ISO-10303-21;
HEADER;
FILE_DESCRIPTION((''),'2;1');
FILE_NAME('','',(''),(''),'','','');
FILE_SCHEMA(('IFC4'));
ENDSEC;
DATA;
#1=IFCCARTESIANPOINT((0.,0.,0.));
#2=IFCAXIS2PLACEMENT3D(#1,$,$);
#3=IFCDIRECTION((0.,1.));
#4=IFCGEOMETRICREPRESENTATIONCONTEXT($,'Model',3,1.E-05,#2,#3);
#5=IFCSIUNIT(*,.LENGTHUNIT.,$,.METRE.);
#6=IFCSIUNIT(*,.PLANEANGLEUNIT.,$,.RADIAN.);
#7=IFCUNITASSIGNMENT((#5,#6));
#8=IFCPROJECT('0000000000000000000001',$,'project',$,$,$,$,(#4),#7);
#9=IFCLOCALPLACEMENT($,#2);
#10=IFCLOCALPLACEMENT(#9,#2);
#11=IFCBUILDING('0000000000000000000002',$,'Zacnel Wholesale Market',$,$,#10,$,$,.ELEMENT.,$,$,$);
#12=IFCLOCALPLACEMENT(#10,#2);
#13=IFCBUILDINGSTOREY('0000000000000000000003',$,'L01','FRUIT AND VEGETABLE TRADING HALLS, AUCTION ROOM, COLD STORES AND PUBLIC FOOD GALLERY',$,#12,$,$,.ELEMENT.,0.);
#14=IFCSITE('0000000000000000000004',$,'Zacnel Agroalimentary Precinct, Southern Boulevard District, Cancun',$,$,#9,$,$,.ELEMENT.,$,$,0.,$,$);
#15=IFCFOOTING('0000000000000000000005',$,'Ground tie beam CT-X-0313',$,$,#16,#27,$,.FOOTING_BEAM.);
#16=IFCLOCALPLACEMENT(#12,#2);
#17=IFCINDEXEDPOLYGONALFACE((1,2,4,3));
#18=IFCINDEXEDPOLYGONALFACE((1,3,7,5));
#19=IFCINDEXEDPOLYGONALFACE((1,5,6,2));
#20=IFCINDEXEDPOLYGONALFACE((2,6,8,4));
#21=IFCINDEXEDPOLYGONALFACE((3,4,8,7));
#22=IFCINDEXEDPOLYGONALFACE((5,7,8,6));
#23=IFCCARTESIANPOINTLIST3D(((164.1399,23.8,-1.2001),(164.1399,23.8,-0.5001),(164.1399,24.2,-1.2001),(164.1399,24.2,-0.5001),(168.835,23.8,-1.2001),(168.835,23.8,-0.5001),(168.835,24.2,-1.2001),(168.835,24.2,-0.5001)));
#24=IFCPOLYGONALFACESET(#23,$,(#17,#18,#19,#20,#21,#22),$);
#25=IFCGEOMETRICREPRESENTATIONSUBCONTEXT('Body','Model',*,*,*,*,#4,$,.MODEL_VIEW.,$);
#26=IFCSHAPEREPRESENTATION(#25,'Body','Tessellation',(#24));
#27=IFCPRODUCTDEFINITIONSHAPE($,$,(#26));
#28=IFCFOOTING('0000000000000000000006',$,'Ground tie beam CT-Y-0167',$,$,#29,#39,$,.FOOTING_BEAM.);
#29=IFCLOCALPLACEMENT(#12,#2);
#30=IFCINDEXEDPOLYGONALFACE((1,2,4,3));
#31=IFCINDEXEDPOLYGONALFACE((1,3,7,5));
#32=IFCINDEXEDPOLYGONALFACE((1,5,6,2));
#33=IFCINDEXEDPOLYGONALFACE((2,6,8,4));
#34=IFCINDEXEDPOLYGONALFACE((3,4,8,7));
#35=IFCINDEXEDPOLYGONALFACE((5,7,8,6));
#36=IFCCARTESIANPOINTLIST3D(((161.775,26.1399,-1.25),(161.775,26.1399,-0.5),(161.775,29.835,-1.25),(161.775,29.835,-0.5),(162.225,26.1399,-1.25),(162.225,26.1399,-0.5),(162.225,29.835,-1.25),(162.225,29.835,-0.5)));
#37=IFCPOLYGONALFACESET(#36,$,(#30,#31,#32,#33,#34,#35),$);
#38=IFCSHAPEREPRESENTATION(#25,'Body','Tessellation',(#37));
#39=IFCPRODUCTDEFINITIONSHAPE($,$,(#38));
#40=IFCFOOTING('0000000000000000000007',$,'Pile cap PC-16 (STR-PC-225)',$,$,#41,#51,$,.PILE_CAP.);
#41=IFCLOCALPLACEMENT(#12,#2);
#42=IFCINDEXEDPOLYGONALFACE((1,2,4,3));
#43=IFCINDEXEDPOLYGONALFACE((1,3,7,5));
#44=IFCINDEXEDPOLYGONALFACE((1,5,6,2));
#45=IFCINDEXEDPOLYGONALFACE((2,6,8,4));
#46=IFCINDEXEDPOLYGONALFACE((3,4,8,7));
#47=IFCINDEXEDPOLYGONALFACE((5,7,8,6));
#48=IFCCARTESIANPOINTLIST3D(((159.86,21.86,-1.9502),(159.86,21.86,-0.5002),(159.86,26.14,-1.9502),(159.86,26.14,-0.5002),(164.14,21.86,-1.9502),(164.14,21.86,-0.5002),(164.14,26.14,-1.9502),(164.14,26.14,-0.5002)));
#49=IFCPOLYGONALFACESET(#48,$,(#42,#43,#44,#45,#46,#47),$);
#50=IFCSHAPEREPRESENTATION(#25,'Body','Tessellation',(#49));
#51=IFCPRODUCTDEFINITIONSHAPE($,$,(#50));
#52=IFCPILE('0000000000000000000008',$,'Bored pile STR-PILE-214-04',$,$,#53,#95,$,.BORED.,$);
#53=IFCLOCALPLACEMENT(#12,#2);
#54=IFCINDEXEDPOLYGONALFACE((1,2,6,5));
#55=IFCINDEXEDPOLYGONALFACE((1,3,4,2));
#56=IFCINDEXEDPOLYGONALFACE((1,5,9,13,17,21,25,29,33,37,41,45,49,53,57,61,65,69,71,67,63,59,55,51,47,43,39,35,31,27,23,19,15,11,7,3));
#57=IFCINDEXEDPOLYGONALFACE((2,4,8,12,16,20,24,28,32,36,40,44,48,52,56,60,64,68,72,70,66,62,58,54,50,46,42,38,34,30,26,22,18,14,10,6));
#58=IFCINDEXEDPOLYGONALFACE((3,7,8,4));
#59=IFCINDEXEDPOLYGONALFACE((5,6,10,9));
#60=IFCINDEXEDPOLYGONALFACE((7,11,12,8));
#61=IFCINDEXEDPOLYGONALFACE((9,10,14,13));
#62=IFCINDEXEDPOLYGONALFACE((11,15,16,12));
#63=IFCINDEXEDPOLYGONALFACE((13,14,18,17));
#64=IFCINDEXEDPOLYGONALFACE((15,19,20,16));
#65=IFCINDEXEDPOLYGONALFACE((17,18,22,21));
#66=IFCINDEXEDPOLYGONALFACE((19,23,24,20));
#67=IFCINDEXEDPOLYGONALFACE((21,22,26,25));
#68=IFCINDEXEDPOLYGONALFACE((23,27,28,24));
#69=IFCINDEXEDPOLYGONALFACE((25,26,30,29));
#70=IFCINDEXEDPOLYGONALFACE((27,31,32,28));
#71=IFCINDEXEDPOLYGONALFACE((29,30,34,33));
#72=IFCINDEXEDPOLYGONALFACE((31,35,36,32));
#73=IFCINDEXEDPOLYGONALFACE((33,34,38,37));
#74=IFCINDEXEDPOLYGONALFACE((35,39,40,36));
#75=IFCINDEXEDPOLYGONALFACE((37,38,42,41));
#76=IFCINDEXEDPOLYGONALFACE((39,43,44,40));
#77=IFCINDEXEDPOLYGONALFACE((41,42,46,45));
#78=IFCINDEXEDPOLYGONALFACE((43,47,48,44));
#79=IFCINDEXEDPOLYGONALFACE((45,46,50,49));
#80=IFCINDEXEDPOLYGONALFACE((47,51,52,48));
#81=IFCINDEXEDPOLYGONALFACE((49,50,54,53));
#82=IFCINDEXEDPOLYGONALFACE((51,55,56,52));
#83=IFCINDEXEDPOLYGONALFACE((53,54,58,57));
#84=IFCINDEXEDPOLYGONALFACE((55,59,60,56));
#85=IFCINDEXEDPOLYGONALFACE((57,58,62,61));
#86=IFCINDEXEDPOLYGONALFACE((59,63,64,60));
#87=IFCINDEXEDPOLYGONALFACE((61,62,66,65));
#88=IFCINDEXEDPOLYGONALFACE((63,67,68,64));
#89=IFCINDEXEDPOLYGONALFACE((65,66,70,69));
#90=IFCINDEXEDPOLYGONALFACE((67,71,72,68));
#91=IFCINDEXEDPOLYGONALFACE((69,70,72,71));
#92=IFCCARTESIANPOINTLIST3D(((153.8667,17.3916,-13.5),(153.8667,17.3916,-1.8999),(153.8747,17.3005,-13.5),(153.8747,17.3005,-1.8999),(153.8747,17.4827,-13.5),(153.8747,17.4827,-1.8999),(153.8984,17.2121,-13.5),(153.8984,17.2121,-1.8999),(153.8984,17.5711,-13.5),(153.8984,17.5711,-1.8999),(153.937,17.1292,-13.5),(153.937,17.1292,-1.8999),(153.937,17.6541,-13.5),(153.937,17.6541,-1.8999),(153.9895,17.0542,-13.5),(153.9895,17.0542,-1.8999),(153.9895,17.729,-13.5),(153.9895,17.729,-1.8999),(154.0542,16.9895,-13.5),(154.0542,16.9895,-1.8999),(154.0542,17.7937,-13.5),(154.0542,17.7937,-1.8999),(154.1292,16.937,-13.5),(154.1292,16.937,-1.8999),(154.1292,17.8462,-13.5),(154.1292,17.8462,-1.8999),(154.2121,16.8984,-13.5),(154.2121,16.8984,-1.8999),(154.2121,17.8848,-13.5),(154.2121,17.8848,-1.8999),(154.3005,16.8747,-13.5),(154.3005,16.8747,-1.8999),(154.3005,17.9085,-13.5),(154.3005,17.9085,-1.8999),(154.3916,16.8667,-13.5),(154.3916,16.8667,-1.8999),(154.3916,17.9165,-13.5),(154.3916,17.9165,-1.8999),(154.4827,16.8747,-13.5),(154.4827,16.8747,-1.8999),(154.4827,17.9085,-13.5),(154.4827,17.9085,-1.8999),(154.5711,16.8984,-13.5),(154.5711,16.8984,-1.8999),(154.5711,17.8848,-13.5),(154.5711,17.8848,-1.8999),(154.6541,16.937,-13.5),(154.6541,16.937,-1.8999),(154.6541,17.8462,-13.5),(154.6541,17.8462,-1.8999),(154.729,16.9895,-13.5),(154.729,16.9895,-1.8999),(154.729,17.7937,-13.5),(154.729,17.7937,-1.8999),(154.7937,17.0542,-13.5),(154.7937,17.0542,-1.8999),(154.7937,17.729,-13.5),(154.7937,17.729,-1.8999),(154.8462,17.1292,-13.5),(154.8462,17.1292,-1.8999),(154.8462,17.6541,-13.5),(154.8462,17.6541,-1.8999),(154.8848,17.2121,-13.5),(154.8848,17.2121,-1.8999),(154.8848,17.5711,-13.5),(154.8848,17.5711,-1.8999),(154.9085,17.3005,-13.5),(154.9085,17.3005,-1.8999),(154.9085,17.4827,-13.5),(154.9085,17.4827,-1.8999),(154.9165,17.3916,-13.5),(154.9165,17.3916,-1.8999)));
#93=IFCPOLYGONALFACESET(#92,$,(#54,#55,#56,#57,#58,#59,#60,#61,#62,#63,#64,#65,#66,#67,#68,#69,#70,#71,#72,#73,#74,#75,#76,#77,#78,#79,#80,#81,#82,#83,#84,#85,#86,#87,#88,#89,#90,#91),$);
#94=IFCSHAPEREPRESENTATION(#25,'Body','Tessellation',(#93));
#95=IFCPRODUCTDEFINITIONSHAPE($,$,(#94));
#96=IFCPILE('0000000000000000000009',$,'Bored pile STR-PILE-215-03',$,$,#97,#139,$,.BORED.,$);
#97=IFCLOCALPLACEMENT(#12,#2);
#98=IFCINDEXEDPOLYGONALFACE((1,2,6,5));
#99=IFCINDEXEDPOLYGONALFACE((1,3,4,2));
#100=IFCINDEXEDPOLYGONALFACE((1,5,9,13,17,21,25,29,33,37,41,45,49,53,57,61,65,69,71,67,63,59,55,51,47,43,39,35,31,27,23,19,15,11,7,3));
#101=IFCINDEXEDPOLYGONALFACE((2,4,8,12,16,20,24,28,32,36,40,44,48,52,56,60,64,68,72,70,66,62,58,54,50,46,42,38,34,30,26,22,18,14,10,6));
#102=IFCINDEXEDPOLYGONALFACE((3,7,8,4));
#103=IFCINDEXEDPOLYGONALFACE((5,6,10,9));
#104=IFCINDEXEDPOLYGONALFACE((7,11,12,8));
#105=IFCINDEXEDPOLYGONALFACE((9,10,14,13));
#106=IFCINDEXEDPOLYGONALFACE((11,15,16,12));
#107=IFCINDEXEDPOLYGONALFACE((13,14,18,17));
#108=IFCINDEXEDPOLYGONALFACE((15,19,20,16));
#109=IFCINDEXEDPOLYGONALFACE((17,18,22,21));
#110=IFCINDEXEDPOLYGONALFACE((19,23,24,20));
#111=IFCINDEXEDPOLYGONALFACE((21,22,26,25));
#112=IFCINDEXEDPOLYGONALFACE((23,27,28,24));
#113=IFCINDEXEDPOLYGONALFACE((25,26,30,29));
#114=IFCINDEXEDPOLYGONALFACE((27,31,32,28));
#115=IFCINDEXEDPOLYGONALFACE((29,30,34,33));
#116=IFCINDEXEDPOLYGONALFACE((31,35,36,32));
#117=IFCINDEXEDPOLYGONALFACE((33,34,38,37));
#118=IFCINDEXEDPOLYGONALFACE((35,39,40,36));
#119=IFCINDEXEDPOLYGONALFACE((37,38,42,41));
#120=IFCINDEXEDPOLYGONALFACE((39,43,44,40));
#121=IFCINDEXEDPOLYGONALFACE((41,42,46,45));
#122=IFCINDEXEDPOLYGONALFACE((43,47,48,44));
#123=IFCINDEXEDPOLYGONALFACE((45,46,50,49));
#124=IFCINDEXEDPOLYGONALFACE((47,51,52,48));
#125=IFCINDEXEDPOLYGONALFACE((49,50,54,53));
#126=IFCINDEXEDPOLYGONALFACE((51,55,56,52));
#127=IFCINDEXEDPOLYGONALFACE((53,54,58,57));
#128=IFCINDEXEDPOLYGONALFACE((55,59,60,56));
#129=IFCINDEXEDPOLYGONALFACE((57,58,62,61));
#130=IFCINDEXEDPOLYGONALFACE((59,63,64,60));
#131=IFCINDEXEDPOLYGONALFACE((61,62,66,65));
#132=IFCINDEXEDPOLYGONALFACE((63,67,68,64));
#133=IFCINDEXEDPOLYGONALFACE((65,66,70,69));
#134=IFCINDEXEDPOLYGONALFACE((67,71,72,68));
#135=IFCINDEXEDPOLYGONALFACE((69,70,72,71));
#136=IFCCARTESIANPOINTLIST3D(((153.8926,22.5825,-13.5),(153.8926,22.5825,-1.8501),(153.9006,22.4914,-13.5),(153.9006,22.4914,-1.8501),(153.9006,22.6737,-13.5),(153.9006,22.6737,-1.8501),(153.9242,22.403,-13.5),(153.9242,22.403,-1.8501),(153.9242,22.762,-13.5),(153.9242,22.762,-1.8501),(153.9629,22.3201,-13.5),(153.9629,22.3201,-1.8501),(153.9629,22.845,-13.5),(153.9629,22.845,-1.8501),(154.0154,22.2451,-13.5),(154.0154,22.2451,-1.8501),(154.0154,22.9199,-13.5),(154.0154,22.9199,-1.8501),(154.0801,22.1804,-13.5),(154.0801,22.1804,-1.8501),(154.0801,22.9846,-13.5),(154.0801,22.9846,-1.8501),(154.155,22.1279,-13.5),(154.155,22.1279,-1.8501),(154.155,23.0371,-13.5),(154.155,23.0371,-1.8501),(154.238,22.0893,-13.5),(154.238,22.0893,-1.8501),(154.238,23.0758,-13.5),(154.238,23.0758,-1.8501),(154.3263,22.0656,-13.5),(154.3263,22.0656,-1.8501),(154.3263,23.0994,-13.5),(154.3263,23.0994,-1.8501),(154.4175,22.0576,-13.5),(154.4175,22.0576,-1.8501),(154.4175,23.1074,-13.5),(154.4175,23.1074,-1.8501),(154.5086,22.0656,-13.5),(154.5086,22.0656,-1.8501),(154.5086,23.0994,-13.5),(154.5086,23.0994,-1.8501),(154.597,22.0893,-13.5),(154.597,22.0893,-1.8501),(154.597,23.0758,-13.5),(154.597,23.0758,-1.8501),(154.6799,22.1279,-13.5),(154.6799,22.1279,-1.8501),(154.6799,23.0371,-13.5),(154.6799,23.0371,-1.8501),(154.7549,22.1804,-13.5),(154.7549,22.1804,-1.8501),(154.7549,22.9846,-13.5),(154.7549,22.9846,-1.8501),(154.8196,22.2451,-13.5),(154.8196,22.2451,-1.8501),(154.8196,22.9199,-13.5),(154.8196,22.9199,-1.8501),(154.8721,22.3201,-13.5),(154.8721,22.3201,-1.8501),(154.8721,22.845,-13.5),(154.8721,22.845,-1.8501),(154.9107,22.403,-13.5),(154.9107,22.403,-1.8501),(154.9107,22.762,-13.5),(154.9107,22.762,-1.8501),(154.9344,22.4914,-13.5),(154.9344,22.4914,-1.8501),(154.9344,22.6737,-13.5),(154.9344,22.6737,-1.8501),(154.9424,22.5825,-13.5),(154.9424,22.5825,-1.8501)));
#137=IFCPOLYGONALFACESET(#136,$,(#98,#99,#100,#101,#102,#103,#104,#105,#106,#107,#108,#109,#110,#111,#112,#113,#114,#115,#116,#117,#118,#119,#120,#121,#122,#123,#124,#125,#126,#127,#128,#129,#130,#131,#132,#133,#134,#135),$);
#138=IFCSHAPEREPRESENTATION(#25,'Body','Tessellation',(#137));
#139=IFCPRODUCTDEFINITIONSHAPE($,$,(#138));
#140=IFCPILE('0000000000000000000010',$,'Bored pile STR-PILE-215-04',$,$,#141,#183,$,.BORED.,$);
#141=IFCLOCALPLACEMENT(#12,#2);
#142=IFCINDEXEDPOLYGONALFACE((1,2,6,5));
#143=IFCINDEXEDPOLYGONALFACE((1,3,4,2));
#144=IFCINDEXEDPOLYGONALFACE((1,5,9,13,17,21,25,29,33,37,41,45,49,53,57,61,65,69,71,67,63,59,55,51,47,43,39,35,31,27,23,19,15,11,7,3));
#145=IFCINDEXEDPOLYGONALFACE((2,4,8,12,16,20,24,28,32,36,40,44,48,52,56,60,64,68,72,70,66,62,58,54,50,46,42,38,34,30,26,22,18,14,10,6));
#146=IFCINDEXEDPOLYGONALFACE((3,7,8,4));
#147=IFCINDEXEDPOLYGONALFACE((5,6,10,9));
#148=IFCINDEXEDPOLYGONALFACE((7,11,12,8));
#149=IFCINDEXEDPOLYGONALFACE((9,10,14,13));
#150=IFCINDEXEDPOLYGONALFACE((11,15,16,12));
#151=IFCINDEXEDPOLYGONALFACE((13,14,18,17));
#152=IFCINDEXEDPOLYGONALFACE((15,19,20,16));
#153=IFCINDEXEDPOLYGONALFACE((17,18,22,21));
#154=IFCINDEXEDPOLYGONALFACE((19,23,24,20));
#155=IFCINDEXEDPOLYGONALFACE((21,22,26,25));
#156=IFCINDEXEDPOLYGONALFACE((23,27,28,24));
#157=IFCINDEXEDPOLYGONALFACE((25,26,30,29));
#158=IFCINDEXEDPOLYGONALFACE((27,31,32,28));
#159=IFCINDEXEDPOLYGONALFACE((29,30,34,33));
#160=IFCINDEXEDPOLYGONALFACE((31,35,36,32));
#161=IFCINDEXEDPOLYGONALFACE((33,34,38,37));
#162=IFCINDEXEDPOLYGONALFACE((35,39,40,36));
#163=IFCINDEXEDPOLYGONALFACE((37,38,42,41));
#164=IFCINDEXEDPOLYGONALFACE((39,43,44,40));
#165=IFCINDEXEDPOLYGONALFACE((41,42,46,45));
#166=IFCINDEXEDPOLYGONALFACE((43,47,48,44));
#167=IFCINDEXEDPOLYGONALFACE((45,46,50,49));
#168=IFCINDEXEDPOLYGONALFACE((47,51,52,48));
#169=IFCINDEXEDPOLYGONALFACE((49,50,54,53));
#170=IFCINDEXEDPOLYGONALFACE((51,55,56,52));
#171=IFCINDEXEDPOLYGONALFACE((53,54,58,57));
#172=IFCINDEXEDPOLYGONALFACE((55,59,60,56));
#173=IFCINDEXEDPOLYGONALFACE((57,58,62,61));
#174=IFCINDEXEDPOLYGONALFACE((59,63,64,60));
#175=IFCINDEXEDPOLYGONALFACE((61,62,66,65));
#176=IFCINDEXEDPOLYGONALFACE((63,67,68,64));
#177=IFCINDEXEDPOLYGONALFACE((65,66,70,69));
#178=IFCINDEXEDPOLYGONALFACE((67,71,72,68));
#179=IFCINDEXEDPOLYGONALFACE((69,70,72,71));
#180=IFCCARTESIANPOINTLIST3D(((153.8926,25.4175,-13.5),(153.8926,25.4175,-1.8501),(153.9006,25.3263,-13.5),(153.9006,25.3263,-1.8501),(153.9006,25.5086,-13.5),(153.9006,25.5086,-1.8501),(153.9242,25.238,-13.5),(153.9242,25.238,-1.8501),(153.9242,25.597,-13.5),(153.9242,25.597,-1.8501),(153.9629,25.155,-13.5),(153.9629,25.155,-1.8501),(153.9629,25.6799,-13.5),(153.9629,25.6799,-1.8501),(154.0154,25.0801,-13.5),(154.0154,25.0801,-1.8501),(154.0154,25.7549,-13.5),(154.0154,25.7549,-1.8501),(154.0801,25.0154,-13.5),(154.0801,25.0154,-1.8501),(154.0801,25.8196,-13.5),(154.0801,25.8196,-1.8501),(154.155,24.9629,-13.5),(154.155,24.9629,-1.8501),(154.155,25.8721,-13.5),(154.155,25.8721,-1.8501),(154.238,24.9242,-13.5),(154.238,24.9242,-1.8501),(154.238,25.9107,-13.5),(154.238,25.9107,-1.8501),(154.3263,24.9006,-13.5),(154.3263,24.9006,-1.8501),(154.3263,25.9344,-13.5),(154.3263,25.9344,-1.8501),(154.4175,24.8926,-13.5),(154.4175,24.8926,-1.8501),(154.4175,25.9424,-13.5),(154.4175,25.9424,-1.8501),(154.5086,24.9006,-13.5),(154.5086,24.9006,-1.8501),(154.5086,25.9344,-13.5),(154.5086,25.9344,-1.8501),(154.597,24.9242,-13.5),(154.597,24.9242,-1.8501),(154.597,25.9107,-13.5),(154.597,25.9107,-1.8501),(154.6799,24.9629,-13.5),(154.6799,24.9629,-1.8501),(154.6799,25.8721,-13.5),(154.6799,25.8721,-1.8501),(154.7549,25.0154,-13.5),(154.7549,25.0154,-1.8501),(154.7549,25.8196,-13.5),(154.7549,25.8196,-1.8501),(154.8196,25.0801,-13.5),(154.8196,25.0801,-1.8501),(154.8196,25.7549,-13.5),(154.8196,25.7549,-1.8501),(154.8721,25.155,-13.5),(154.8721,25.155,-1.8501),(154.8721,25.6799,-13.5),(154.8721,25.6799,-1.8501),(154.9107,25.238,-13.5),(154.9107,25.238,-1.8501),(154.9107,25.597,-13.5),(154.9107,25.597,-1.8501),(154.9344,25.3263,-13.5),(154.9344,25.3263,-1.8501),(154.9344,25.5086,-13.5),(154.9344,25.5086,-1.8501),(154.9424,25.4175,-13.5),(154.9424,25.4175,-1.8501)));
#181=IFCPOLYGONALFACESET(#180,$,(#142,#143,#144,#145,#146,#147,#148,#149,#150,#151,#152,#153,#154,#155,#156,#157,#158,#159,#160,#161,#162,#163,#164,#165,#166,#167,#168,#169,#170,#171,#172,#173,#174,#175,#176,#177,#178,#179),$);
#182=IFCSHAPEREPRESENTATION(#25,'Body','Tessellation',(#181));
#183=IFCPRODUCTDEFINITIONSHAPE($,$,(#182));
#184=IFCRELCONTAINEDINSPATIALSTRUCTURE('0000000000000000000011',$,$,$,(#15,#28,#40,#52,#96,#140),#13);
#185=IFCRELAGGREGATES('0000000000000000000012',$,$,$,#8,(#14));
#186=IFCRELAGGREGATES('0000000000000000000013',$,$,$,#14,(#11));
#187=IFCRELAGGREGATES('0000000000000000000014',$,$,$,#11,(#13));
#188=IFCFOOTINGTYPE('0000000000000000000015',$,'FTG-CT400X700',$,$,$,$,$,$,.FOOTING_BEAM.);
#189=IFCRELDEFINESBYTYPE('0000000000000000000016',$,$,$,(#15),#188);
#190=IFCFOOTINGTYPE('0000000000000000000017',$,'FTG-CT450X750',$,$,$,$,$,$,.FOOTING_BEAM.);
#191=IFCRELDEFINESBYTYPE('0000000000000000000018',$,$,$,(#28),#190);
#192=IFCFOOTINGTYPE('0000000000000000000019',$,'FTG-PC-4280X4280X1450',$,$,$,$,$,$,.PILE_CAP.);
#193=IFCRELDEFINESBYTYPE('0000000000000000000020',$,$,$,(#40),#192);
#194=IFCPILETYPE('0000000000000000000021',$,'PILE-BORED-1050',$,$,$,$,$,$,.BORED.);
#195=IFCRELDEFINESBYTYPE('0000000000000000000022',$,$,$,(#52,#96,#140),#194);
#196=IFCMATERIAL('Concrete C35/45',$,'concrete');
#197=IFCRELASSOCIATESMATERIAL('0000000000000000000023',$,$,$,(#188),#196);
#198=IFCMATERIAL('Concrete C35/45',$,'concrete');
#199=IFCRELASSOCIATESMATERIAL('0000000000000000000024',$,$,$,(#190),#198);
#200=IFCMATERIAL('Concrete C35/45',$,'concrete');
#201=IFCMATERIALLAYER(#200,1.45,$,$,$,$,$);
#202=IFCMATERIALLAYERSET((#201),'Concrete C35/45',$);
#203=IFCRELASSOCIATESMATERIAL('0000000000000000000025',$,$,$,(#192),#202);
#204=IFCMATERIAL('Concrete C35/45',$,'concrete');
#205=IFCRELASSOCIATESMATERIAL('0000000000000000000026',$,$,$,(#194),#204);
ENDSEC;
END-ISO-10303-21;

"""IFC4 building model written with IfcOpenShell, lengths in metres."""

from ifc_helpers import new_model, si_unit, direction, frame, origin, origin_2d, place, context, subcontext, project, spatial, rectangle, circle, extrude, material, layer, layer_set, material_profile, profile_set, type_object, element, save


model = new_model("IFC4")

# Units and contexts
model_context = context("Model", 3, precision=1e-05, world=origin(), true_north=direction((0.0, 1.0)))
body_context = subcontext(model_context, "Body", "Model", "MODEL_VIEW")
ifc_project = project(units=[si_unit("LENGTHUNIT", "METRE"), si_unit("PLANEANGLEUNIT", "RADIAN")], contexts=[model_context])

# Site, building, storey
site_placement = place(None, origin())
site = spatial("IfcSite", under=ifc_project, at=site_placement, Name="Zacnel Agroalimentary Precinct, Southern Boulevard District, Cancun", CompositionType="ELEMENT", RefElevation=0.0)
building_placement = place(site_placement, origin())
building = spatial("IfcBuilding", under=site, at=building_placement, Name="Zacnel Wholesale Market", CompositionType="ELEMENT")
storey_placement = place(building_placement, origin())
storey = spatial("IfcBuildingStorey", under=building, at=storey_placement, Name="L01", Description="FRUIT AND VEGETABLE TRADING HALLS, AUCTION ROOM, COLD STORES AND PUBLIC FOOD GALLERY", CompositionType="ELEMENT", Elevation=0.0)

# Footings
ifc_material_1 = material(Name="Concrete C35/45", Category="concrete")
ifc_material_profile_1 = material_profile(ifc_material_1, rectangle(XDim=0.3999, YDim=0.7, at=origin_2d()), Name="CT 400x700")
ifc_profile_set_1 = profile_set([ifc_material_profile_1], Name="Concrete C35/45")
footing_type_1 = type_object("IfcFootingType", Name="FTG-CT400X700", PredefinedType="FOOTING_BEAM", material=ifc_profile_set_1)
footing_1_placement = place(storey_placement, frame((164.1399, 24.0, -0.8501), z_axis=(1.0, 0.0, 0.0), x_axis=(0.0, 1.0, 0.0)))
element("IfcFooting", 1, at=footing_1_placement, inside=storey, type_object=footing_type_1, Name="Ground tie beam CT-X-0313", PredefinedType="FOOTING_BEAM", context=body_context, shape_type="SweptSolid", body=[
    extrude(rectangle(XDim=0.3999, YDim=0.7, at=origin_2d()), origin(), (0.0, 0.0, 1.0), 4.6951),
])
ifc_material_2 = material(Name="Concrete C35/45", Category="concrete")
ifc_material_profile_2 = material_profile(ifc_material_2, rectangle(XDim=0.45, YDim=0.75, at=origin_2d()), Name="CT 450x750")
ifc_profile_set_2 = profile_set([ifc_material_profile_2], Name="Concrete C35/45")
footing_type_2 = type_object("IfcFootingType", Name="FTG-CT450X750", PredefinedType="FOOTING_BEAM", material=ifc_profile_set_2)
footing_2_placement = place(storey_placement, frame((162.0, 26.1399, -0.875), z_axis=(0.0, 1.0, 0.0), x_axis=(-1.0, 0.0, 0.0)))
element("IfcFooting", 2, at=footing_2_placement, inside=storey, type_object=footing_type_2, Name="Ground tie beam CT-Y-0167", PredefinedType="FOOTING_BEAM", context=body_context, shape_type="SweptSolid", body=[
    extrude(rectangle(XDim=0.45, YDim=0.75, at=origin_2d()), origin(), (0.0, 0.0, 1.0), 3.6951),
])
ifc_material_3 = material(Name="Concrete C35/45", Category="concrete")
ifc_layer_1 = layer(ifc_material_3, 1.45)
ifc_layer_set_1 = layer_set([ifc_layer_1], Name="Concrete C35/45")
footing_type_3 = type_object("IfcFootingType", Name="FTG-PC-4280X4280X1450", PredefinedType="PILE_CAP", material=ifc_layer_set_1)
footing_3_placement = place(storey_placement, frame((162.0, 24.0, -1.9502), z_axis=(0.0, 0.0, 1.0), x_axis=(1.0, 0.0, 0.0)))
element("IfcFooting", 3, at=footing_3_placement, inside=storey, type_object=footing_type_3, Name="Pile cap PC-16 (STR-PC-225)", PredefinedType="PILE_CAP", context=body_context, shape_type="SweptSolid", body=[
    extrude(rectangle(XDim=4.28, YDim=4.28, at=origin_2d()), origin(), (0.0, 0.0, 1.0), 1.45),
])

# Piles
ifc_material_4 = material(Name="Concrete C35/45", Category="concrete")
ifc_material_profile_3 = material_profile(ifc_material_4, circle(Radius=0.5249, at=origin_2d()), Name="BORED PILE D1050")
ifc_profile_set_3 = profile_set([ifc_material_profile_3], Name="Concrete C35/45")
pile_type = type_object("IfcPileType", Name="PILE-BORED-1050", PredefinedType="BORED", material=ifc_profile_set_3)
pile_1_placement = place(storey_placement, frame((154.3916, 17.3916, -1.8999), z_axis=(0.0, 0.0, -1.0), x_axis=(1.0, 0.0, 0.0)))
element("IfcPile", 4, at=pile_1_placement, inside=storey, type_object=pile_type, Name="Bored pile STR-PILE-214-04", PredefinedType="BORED", context=body_context, shape_type="SweptSolid", body=[
    extrude(circle(Radius=0.5249, at=origin_2d()), origin(), (0.0, 0.0, 1.0), 11.6001),
])
for number, where, z_axis, x_axis, name in (
    (5, (154.4175, 22.5825, -1.8501), (0.0, 0.0, -1.0), (1.0, 0.0, 0.0), "Bored pile STR-PILE-215-03"),
    (6, (154.4175, 25.4175, -1.8501), (0.0, 0.0, -1.0), (1.0, 0.0, 0.0), "Bored pile STR-PILE-215-04"),
):
    element("IfcPile", number, at=place(storey_placement, frame(where, z_axis=z_axis, x_axis=x_axis)), inside=storey, type_object=pile_type, Name=name, PredefinedType="BORED", context=body_context, shape_type="SweptSolid", body=[
        extrude(circle(Radius=0.5249, at=origin_2d()), origin(), (0.0, 0.0, 1.0), 11.6499),
    ])

save(model, "model.ifc")
